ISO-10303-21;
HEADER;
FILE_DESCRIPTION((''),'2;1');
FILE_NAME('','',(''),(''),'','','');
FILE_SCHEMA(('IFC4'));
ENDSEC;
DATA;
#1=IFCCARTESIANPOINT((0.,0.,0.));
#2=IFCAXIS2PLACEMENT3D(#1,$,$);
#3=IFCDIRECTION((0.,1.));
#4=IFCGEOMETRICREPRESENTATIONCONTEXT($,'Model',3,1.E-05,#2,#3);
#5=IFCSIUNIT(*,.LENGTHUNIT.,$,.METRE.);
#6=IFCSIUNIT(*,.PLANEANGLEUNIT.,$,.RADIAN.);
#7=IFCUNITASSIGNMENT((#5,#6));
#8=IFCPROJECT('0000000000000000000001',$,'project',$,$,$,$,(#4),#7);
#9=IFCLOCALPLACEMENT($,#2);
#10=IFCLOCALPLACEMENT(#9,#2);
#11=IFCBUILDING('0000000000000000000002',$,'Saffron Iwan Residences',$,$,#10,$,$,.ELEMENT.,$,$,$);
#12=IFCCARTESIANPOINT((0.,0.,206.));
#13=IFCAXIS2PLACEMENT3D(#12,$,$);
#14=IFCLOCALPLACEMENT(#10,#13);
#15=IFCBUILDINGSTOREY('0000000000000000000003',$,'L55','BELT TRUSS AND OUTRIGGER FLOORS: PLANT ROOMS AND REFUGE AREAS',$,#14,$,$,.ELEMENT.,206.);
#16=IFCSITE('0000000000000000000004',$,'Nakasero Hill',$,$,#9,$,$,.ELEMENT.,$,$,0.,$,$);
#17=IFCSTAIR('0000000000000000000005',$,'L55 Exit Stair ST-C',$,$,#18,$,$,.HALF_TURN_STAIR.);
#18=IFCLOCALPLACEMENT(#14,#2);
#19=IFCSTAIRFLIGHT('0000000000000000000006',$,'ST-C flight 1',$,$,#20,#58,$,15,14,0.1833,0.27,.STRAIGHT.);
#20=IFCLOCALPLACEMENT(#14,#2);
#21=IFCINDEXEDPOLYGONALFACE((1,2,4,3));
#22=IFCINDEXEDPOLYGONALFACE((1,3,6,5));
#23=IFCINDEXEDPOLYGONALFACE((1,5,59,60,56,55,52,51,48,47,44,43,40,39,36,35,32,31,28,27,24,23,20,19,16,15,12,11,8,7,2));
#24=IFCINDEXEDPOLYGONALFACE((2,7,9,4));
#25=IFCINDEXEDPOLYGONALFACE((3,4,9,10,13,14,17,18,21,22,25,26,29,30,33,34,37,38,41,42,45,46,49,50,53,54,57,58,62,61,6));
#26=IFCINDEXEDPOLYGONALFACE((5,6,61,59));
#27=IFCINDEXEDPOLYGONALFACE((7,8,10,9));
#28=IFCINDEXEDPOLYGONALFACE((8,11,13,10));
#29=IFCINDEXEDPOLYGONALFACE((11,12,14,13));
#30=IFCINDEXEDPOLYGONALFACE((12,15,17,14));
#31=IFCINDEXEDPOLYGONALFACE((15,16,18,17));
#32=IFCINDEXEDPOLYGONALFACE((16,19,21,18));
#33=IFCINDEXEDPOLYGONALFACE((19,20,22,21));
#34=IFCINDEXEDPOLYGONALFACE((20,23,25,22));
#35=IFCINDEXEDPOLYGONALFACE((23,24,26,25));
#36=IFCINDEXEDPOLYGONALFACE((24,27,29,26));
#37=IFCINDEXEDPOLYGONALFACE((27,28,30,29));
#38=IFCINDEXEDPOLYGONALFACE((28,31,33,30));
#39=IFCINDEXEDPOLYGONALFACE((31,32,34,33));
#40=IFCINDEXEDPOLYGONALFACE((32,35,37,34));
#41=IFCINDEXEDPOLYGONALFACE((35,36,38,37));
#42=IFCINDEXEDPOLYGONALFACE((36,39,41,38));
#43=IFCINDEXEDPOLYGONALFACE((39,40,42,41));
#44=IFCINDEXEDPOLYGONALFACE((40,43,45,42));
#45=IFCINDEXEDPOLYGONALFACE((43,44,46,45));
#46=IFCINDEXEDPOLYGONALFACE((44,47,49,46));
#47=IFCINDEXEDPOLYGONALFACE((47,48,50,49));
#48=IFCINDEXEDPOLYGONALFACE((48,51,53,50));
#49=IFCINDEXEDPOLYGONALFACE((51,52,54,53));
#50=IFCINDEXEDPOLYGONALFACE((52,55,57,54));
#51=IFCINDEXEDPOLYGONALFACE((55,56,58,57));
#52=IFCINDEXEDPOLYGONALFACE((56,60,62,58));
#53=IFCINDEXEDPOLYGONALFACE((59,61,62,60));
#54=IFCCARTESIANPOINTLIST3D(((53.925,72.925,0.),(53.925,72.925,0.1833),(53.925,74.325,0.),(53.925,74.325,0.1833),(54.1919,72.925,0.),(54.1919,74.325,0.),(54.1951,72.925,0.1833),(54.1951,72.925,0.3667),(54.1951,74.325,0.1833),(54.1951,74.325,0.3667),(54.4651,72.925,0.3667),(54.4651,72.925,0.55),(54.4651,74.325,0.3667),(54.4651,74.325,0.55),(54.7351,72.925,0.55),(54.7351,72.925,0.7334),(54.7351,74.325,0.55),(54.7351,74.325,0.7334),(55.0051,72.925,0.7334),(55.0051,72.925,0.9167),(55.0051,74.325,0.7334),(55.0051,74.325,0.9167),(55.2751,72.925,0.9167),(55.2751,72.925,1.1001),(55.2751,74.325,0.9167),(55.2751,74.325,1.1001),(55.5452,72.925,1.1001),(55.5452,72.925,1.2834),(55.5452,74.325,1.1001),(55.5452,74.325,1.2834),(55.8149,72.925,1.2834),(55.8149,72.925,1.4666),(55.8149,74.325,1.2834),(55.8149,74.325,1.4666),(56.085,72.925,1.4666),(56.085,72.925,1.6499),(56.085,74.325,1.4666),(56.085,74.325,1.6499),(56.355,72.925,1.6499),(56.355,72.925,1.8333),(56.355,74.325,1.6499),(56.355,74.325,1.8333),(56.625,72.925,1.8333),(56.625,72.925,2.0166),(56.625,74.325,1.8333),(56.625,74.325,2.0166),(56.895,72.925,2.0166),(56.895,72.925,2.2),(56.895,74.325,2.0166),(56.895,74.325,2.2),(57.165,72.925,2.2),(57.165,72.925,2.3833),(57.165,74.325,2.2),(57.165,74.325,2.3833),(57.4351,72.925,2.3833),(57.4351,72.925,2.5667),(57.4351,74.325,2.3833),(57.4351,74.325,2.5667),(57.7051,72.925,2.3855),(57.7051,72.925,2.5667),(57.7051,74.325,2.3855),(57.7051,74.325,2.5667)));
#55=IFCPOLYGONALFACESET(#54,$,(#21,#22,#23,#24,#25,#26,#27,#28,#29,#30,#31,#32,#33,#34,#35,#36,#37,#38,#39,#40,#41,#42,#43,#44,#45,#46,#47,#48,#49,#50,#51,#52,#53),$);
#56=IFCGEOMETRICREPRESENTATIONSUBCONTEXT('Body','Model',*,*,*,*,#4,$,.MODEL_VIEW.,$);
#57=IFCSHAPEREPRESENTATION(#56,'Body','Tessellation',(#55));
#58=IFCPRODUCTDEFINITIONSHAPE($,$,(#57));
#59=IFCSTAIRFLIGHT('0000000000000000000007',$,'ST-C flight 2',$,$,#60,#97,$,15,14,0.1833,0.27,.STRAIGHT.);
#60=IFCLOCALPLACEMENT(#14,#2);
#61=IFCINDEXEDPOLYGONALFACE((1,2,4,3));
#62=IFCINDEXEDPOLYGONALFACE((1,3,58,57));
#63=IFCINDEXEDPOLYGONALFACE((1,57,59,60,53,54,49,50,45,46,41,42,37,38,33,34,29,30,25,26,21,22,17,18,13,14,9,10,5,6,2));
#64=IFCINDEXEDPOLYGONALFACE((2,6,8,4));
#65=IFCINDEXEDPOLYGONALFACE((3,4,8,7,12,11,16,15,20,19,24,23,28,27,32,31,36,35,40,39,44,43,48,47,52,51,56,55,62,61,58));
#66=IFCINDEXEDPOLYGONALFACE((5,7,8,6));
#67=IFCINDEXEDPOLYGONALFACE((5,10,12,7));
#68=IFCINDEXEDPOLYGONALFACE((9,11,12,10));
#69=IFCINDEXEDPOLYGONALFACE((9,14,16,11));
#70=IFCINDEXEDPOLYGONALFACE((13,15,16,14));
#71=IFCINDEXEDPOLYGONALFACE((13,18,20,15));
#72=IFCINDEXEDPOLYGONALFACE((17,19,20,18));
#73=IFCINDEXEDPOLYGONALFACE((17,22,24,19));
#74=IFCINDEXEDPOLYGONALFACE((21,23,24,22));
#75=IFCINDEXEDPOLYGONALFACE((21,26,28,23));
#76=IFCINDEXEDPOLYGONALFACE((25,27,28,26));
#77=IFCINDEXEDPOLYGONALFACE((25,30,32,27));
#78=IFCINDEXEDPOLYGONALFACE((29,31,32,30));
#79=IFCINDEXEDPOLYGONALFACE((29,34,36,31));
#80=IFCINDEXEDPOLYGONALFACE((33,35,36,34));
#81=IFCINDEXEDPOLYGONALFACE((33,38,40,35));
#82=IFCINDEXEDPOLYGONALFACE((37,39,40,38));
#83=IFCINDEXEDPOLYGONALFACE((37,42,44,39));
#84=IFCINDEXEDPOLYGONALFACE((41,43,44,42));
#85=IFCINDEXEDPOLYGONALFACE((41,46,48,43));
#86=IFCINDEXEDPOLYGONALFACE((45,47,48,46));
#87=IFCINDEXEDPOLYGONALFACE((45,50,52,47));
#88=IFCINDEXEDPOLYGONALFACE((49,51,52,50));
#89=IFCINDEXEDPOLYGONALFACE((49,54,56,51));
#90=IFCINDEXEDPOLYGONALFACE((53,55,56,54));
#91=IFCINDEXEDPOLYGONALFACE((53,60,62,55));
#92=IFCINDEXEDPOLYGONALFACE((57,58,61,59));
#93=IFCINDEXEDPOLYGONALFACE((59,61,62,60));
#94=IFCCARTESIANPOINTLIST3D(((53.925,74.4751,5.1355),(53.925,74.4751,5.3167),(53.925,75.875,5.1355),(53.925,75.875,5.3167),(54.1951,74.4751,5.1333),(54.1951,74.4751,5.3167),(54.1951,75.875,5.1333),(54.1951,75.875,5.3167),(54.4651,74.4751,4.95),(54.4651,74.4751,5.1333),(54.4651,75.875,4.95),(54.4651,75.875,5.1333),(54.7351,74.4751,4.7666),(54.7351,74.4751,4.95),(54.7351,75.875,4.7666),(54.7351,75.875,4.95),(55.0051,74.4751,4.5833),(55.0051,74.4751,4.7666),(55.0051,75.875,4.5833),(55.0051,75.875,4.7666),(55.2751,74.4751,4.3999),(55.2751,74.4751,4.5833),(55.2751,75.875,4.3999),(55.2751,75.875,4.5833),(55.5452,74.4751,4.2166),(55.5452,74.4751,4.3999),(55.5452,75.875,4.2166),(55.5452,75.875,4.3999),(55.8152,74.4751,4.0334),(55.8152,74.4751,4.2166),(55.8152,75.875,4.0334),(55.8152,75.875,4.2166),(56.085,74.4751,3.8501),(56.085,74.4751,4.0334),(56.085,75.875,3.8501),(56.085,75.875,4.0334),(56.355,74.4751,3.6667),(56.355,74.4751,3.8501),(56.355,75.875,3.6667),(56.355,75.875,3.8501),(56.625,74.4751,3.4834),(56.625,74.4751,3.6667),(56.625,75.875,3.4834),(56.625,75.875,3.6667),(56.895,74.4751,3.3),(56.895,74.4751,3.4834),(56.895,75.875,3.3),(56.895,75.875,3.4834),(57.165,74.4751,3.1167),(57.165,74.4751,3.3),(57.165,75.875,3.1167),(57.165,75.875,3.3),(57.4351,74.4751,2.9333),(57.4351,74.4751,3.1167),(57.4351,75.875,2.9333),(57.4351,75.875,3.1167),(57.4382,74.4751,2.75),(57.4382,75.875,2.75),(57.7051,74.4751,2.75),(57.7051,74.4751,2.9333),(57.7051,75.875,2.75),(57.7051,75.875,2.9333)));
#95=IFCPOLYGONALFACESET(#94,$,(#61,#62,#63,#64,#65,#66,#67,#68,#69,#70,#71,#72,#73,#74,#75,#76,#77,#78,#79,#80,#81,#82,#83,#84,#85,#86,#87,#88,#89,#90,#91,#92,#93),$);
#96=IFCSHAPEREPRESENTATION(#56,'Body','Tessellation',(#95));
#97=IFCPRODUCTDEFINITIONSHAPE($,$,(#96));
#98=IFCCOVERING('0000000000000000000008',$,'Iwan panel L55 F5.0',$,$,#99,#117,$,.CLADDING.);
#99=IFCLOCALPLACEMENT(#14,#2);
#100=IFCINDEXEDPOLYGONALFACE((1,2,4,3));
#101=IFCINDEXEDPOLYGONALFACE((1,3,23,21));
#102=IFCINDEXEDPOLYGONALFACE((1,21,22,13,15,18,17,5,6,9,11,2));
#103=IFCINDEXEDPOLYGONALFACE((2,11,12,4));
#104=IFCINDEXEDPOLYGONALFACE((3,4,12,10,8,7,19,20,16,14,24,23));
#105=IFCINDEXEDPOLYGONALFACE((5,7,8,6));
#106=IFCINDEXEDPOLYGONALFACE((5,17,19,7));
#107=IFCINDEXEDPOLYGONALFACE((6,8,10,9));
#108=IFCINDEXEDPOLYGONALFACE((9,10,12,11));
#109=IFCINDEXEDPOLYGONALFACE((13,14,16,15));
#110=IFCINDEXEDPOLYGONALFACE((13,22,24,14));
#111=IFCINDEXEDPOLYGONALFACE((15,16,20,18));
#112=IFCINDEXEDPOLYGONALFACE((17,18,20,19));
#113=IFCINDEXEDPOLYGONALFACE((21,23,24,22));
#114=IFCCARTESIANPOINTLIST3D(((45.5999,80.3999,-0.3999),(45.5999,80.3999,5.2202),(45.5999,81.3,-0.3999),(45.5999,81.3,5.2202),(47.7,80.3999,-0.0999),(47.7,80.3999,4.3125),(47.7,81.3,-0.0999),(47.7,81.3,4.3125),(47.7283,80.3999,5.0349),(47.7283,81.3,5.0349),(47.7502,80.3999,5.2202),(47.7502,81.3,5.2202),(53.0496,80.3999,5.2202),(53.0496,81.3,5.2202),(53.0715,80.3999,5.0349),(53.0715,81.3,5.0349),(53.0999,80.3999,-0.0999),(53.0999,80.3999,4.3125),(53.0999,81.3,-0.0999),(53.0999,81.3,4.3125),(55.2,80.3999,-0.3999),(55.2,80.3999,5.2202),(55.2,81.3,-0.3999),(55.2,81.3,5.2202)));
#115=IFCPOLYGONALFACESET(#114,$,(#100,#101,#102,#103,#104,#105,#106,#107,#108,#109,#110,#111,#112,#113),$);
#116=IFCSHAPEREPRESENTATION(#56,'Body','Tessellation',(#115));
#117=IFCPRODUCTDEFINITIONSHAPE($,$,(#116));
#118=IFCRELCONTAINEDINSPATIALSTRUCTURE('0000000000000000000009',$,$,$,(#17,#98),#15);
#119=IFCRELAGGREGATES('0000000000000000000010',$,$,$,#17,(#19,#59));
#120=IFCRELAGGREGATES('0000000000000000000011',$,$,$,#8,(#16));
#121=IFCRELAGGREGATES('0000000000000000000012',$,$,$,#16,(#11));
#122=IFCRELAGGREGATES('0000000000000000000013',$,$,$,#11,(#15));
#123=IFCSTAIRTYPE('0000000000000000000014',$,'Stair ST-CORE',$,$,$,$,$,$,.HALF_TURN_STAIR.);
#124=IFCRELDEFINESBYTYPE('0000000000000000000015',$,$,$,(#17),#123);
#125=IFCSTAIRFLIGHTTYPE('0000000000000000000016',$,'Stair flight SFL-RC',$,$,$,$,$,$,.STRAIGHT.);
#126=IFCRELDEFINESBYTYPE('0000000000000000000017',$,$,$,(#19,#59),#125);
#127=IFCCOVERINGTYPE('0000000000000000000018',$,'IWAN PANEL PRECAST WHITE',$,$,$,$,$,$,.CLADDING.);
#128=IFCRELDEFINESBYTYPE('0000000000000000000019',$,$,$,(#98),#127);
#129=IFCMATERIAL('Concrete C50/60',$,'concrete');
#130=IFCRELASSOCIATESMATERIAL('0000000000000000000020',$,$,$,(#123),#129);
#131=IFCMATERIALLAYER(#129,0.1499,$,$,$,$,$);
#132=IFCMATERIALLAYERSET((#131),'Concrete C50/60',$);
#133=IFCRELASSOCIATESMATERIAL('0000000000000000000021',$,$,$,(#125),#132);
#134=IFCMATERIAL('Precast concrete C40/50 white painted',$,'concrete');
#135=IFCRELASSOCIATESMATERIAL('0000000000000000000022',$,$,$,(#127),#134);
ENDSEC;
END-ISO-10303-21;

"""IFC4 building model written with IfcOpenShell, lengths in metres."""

from ifc_helpers import new_model, si_unit, direction, frame, origin, place, context, subcontext, project, spatial, polyline, outline, extrude, material, layer, layer_set, type_object, element, aggregate, save


model = new_model("IFC4")

# Units and contexts
model_context = context("Model", 3, precision=1e-05, world=origin(), true_north=direction((0.0, 1.0)))
body_context = subcontext(model_context, "Body", "Model", "MODEL_VIEW")
ifc_project = project(units=[si_unit("LENGTHUNIT", "METRE"), si_unit("PLANEANGLEUNIT", "RADIAN")], contexts=[model_context])

# Site, building, storey
site_placement = place(None, origin())
site = spatial("IfcSite", under=ifc_project, at=site_placement, Name="Nakasero Hill", CompositionType="ELEMENT", RefElevation=0.0)
building_placement = place(site_placement, origin())
building = spatial("IfcBuilding", under=site, at=building_placement, Name="Saffron Iwan Residences", CompositionType="ELEMENT")
storey_placement = place(building_placement, frame((0.0, 0.0, 206.0)))
storey = spatial("IfcBuildingStorey", under=building, at=storey_placement, Name="L55", Description="BELT TRUSS AND OUTRIGGER FLOORS: PLANT ROOMS AND REFUGE AREAS", CompositionType="ELEMENT", Elevation=206.0)

# Shared definitions
ifc_material_1 = material(Name="Concrete C50/60", Category="concrete")

# Stair, stair flights
stair_type = type_object("IfcStairType", Name="Stair ST-CORE", PredefinedType="HALF_TURN_STAIR", material=ifc_material_1)
stair_placement = place(storey_placement, origin())
stair = element("IfcStair", 1, at=stair_placement, inside=storey, type_object=stair_type, Name="L55 Exit Stair ST-C", PredefinedType="HALF_TURN_STAIR")
ifc_layer_1 = layer(ifc_material_1, 0.1499)
ifc_layer_set_1 = layer_set([ifc_layer_1], Name="Concrete C50/60")
stair_flight_type = type_object("IfcStairFlightType", Name="Stair flight SFL-RC", PredefinedType="STRAIGHT", material=ifc_layer_set_1)
stair_flight_1_placement = place(storey_placement, frame((53.925, 73.625, 0.0), z_axis=(0.0, 0.0, 1.0), x_axis=(1.0, 0.0, 0.0)))
stair_flight_1 = element("IfcStairFlight", 2, at=stair_flight_1_placement, type_object=stair_flight_type, Name="ST-C flight 1", NumberOfRisers=15, NumberOfTreads=14, PredefinedType="STRAIGHT", RiserHeight=0.1833, TreadLength=0.27, context=body_context, shape_type="SweptSolid", body=[
    extrude(outline(polyline([(0.0, 0.0), (0.0, 0.1833), (0.27, 0.1833), (0.27, 0.3667), (0.54, 0.3667), (0.54, 0.55), (0.8101, 0.55), (0.8101, 0.7334), (1.0801, 0.7334), (1.0801, 0.9167), (1.3501, 0.9167), (1.3501, 1.1001), (1.6201, 1.1001), (1.6201, 1.2834), (1.8899, 1.2834), (1.8899, 1.4666), (2.1599, 1.4666), (2.1599, 1.6499), (2.4299, 1.6499), (2.4299, 1.8333), (2.7, 1.8333), (2.7, 2.0166), (2.97, 2.0166), (2.97, 2.2), (3.24, 2.2), (3.24, 2.3833), (3.51, 2.3833), (3.51, 2.5667), (3.78, 2.5667), (3.78, 2.75), (3.78, 2.3855), (0.2668, 0.0), (0.0, 0.0)])), frame((0.0, 0.7, 0.0), z_axis=(0.0, -1.0, 0.0), x_axis=(1.0, 0.0, 0.0)), (0.0, 0.0, 1.0), 1.3999),
])
stair_flight_2_placement = place(storey_placement, frame((57.7051, 75.175, 2.75), z_axis=(0.0, 0.0, 1.0), x_axis=(-1.0, 0.0, 0.0)))
stair_flight_2 = element("IfcStairFlight", 3, at=stair_flight_2_placement, type_object=stair_flight_type, Name="ST-C flight 2", NumberOfRisers=15, NumberOfTreads=14, PredefinedType="STRAIGHT", RiserHeight=0.1833, TreadLength=0.27, context=body_context, shape_type="SweptSolid", body=[
    extrude(outline(polyline([(0.0, 0.0), (0.0, 0.1833), (0.27, 0.1833), (0.27, 0.3667), (0.54, 0.3667), (0.54, 0.55), (0.8101, 0.55), (0.8101, 0.7334), (1.0801, 0.7334), (1.0801, 0.9167), (1.3501, 0.9167), (1.3501, 1.1001), (1.6201, 1.1001), (1.6201, 1.2834), (1.8899, 1.2834), (1.8899, 1.4666), (2.1599, 1.4666), (2.1599, 1.6499), (2.4299, 1.6499), (2.4299, 1.8333), (2.7, 1.8333), (2.7, 2.0166), (2.97, 2.0166), (2.97, 2.2), (3.24, 2.2), (3.24, 2.3833), (3.51, 2.3833), (3.51, 2.5667), (3.78, 2.5667), (3.78, 2.75), (3.78, 2.3855), (0.2668, 0.0), (0.0, 0.0)])), frame((0.0, 0.7, 0.0), z_axis=(0.0, -1.0, 0.0), x_axis=(1.0, 0.0, 0.0)), (0.0, 0.0, 1.0), 1.3999),
])
aggregate(stair, [stair_flight_1, stair_flight_2])

# Covering
ifc_material_2 = material(Name="Precast concrete C40/50 white painted", Category="concrete")
covering_type = type_object("IfcCoveringType", Name="IWAN PANEL PRECAST WHITE", PredefinedType="CLADDING", material=ifc_material_2)
covering_placement = place(storey_placement, frame((55.2, 80.3999, -0.3999), z_axis=(0.0, 1.0, 0.0), x_axis=(-1.0, 0.0, 0.0)))
element("IfcCovering", 4, at=covering_placement, inside=storey, type_object=covering_type, Name="Iwan panel L55 F5.0", PredefinedType="CLADDING", context=body_context, shape_type="SweptSolid", body=[
    extrude(outline(polyline([(9.6001, 5.6201), (9.6001, 0.0), (0.0, 0.0), (0.0, 5.6201), (2.1504, 5.6201), (2.1284, 5.4348), (2.1001, 4.7124), (2.1001, 0.3), (7.5, 0.3), (7.5, 4.7124), (7.4717, 5.4348), (7.4497, 5.6201), (9.6001, 5.6201)])), origin(), (0.0, 0.0, 1.0), 0.9001),
])

save(model, "model.ifc")
